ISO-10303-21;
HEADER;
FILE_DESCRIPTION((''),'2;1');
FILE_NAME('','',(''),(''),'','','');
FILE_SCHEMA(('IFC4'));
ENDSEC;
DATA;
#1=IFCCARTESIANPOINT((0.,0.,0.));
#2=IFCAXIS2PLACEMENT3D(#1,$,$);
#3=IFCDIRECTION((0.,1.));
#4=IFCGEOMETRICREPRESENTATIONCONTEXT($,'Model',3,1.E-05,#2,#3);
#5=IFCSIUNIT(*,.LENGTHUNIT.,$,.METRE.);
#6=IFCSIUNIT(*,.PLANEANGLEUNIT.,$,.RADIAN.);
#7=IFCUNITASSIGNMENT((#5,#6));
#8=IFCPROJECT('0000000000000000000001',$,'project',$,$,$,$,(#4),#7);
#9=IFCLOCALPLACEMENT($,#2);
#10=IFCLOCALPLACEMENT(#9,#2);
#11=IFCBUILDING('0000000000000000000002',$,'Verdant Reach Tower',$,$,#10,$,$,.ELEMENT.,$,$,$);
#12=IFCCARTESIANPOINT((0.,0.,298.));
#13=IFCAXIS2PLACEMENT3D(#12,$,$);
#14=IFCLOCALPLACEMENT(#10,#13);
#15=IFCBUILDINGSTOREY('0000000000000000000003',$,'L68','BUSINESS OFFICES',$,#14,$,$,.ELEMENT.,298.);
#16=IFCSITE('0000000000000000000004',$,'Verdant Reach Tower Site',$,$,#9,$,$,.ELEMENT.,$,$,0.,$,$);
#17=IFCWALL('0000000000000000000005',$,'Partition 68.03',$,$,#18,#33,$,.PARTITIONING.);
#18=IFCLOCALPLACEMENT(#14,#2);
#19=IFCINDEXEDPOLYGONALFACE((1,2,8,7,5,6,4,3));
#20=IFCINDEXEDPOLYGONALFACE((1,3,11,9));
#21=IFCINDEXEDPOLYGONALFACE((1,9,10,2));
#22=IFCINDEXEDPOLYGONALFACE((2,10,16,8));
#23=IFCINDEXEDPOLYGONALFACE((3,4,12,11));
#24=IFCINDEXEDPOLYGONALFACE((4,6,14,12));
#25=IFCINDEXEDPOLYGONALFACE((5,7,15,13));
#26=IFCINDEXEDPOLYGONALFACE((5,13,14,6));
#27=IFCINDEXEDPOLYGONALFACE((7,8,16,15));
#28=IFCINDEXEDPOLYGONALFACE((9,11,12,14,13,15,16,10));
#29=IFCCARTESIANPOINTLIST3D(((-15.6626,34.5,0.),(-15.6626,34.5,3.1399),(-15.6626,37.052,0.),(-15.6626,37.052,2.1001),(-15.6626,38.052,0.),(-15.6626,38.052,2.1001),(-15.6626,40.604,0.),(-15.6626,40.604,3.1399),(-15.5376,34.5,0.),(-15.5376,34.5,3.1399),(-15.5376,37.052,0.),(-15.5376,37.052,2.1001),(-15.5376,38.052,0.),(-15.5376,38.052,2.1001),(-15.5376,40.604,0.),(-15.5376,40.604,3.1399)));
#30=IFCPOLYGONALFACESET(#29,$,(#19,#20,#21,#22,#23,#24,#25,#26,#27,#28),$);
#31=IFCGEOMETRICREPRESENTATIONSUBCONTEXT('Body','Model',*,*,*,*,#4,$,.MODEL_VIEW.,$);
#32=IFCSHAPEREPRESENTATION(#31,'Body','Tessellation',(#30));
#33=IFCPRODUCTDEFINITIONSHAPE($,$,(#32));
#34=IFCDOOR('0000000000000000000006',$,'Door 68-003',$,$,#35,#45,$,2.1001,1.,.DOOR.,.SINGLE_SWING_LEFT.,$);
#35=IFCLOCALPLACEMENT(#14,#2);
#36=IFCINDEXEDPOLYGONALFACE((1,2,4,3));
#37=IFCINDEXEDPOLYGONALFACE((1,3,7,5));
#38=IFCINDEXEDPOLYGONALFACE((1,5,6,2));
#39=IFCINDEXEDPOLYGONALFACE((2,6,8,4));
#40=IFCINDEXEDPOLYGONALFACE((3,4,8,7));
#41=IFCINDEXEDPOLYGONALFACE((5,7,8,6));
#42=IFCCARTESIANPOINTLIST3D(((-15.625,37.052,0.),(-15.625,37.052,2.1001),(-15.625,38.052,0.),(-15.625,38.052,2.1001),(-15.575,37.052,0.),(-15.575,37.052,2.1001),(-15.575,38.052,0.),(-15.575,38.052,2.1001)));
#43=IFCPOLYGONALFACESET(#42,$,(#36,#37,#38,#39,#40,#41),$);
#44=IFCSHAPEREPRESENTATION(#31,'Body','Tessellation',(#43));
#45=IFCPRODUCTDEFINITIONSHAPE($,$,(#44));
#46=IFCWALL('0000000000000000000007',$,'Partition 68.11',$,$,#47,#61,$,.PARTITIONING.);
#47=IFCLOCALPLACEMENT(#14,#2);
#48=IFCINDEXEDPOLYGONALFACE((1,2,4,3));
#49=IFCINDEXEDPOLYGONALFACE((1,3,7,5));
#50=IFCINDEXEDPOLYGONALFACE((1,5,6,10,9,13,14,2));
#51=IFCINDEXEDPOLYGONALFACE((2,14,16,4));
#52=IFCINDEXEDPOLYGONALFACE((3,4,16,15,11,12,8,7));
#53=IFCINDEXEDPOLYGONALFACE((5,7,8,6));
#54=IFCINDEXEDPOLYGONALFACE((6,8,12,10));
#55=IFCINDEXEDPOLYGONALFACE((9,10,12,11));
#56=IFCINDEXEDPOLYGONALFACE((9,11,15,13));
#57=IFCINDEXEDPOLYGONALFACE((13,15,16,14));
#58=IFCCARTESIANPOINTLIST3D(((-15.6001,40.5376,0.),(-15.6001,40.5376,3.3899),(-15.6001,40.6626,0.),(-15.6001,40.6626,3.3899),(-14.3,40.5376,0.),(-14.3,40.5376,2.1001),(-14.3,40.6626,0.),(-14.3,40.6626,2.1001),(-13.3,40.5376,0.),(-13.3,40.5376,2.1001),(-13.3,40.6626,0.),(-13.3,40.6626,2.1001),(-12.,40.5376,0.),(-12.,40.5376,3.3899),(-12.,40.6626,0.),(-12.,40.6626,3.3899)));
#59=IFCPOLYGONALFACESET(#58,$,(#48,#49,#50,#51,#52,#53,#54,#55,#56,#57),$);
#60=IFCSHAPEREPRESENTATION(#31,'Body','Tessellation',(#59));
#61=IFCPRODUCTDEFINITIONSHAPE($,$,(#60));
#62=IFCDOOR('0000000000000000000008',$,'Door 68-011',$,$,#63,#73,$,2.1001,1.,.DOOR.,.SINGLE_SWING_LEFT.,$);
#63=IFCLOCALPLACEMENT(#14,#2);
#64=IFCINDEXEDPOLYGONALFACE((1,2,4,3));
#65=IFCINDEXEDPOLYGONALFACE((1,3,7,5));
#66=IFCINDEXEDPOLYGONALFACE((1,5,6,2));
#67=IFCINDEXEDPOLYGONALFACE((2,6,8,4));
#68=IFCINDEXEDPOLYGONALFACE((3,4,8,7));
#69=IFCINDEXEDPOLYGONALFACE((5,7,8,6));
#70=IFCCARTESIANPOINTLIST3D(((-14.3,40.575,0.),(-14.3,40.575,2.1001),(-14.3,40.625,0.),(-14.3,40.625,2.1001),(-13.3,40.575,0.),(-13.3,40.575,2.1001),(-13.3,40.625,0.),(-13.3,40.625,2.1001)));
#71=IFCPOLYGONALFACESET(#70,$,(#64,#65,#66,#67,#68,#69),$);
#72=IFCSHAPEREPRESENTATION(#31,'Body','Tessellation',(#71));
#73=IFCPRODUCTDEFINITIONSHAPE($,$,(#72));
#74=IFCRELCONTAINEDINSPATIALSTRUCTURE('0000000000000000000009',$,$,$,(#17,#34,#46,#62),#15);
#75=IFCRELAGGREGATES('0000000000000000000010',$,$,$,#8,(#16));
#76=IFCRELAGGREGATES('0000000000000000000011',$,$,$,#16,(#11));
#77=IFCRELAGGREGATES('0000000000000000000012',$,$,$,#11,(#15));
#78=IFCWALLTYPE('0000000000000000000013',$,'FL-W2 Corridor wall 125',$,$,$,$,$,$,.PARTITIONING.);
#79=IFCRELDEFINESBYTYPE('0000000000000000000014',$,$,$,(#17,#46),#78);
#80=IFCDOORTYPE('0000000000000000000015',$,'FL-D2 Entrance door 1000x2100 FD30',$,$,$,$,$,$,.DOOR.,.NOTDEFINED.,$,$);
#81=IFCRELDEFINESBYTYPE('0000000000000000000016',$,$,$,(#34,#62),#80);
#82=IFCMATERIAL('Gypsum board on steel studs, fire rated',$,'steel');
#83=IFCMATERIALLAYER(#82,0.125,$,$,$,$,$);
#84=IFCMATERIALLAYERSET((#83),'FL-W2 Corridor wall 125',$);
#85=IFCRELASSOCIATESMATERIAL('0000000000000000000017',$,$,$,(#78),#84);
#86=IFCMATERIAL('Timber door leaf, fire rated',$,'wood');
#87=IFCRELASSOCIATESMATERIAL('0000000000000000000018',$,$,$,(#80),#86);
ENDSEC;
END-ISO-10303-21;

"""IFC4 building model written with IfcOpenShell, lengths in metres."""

from ifc_helpers import new_model, si_unit, direction, frame, frame_2d, origin, place, context, subcontext, project, spatial, rectangle, extrude, material, layer, layer_set, type_object, element, fill, save


model = new_model("IFC4")

# Units and contexts
model_context = context("Model", 3, precision=1e-05, world=origin(), true_north=direction((0.0, 1.0)))
body_context = subcontext(model_context, "Body", "Model", "MODEL_VIEW")
ifc_project = project(units=[si_unit("LENGTHUNIT", "METRE"), si_unit("PLANEANGLEUNIT", "RADIAN")], contexts=[model_context])

# Site, building, storey
site_placement = place(None, origin())
site = spatial("IfcSite", under=ifc_project, at=site_placement, Name="Verdant Reach Tower Site", CompositionType="ELEMENT", RefElevation=0.0)
building_placement = place(site_placement, origin())
building = spatial("IfcBuilding", under=site, at=building_placement, Name="Verdant Reach Tower", CompositionType="ELEMENT")
storey_placement = place(building_placement, frame((0.0, 0.0, 298.0)))
storey = spatial("IfcBuildingStorey", under=building, at=storey_placement, Name="L68", Description="BUSINESS OFFICES", CompositionType="ELEMENT", Elevation=298.0)

# Walls, openings, doors
ifc_material_1 = material(Name="Gypsum board on steel studs, fire rated", Category="steel")
ifc_layer_1 = layer(ifc_material_1, 0.125)
ifc_layer_set_1 = layer_set([ifc_layer_1], Name="FL-W2 Corridor wall 125")
wall_type_1 = type_object("IfcWallType", Name="FL-W2 Corridor wall 125", PredefinedType="PARTITIONING", material=ifc_layer_set_1)
wall_1_placement = place(storey_placement, frame((-15.6001, 34.5, 0.0), z_axis=(0.0, 0.0, 1.0), x_axis=(0.0, 1.0, 0.0)))
wall_1 = element("IfcWall", 1, at=wall_1_placement, inside=storey, type_object=wall_type_1, Name="Partition 68.03", PredefinedType="PARTITIONING", context=body_context, shape_type="SweptSolid", body=[
    extrude(rectangle(XDim=6.104, YDim=0.125, at=frame_2d((3.052, 0.0))), origin(), (0.0, 0.0, 1.0), 3.1399),
])
opening_1_placement = place(wall_1_placement, frame((2.552, 0.0, 0.0)))
opening_1 = element("IfcOpeningElement", 2, at=opening_1_placement, cuts=wall_1, PredefinedType="OPENING", context=body_context, shape_type="SweptSolid", body=[
    extrude(rectangle(XDim=1.0, YDim=2.1001, at=frame_2d((0.5, 1.05))), frame((0.0, 0.0725, 0.0), z_axis=(0.0, -1.0, 0.0), x_axis=(1.0, 0.0, 0.0)), (0.0, 0.0, 1.0), 0.145),
])
ifc_material_2 = material(Name="Timber door leaf, fire rated", Category="wood")
door_type = type_object("IfcDoorType", Name="FL-D2 Entrance door 1000x2100 FD30", OperationType="NOTDEFINED", PredefinedType="DOOR", material=ifc_material_2)
door_1_placement = place(opening_1_placement, origin())
door_1 = element("IfcDoor", 3, at=door_1_placement, inside=storey, type_object=door_type, Name="Door 68-003", OperationType="SINGLE_SWING_LEFT", OverallHeight=2.1001, OverallWidth=1.0, PredefinedType="DOOR", context=body_context, shape_type="SweptSolid", body=[
    extrude(rectangle(XDim=1.0, YDim=2.1001, at=frame_2d((0.5, 1.05))), frame((0.0, 0.0249, 0.0), z_axis=(0.0, -1.0, 0.0), x_axis=(1.0, 0.0, 0.0)), (0.0, 0.0, 1.0), 0.05),
])
fill(opening_1, door_1)
wall_2_placement = place(storey_placement, frame((-15.6001, 40.6001, 0.0), z_axis=(0.0, 0.0, 1.0), x_axis=(1.0, 0.0, 0.0)))
wall_2 = element("IfcWall", 4, at=wall_2_placement, inside=storey, type_object=wall_type_1, Name="Partition 68.11", PredefinedType="PARTITIONING", context=body_context, shape_type="SweptSolid", body=[
    extrude(rectangle(XDim=3.6001, YDim=0.125, at=frame_2d((1.8, 0.0))), origin(), (0.0, 0.0, 1.0), 3.3899),
])
opening_2_placement = place(wall_2_placement, frame((1.3, 0.0, 0.0)))
opening_2 = element("IfcOpeningElement", 5, at=opening_2_placement, cuts=wall_2, PredefinedType="OPENING", context=body_context, shape_type="SweptSolid", body=[
    extrude(rectangle(XDim=1.0, YDim=2.1001, at=frame_2d((0.5, 1.05))), frame((0.0, 0.0725, 0.0), z_axis=(0.0, -1.0, 0.0), x_axis=(1.0, 0.0, 0.0)), (0.0, 0.0, 1.0), 0.145),
])
door_2_placement = place(opening_2_placement, origin())
door_2 = element("IfcDoor", 6, at=door_2_placement, inside=storey, type_object=door_type, Name="Door 68-011", OperationType="SINGLE_SWING_LEFT", OverallHeight=2.1001, OverallWidth=1.0, PredefinedType="DOOR", context=body_context, shape_type="SweptSolid", body=[
    extrude(rectangle(XDim=1.0, YDim=2.1001, at=frame_2d((0.5, 1.05))), frame((0.0, 0.0249, 0.0), z_axis=(0.0, -1.0, 0.0), x_axis=(1.0, 0.0, 0.0)), (0.0, 0.0, 1.0), 0.05),
])
fill(opening_2, door_2)

save(model, "model.ifc")
